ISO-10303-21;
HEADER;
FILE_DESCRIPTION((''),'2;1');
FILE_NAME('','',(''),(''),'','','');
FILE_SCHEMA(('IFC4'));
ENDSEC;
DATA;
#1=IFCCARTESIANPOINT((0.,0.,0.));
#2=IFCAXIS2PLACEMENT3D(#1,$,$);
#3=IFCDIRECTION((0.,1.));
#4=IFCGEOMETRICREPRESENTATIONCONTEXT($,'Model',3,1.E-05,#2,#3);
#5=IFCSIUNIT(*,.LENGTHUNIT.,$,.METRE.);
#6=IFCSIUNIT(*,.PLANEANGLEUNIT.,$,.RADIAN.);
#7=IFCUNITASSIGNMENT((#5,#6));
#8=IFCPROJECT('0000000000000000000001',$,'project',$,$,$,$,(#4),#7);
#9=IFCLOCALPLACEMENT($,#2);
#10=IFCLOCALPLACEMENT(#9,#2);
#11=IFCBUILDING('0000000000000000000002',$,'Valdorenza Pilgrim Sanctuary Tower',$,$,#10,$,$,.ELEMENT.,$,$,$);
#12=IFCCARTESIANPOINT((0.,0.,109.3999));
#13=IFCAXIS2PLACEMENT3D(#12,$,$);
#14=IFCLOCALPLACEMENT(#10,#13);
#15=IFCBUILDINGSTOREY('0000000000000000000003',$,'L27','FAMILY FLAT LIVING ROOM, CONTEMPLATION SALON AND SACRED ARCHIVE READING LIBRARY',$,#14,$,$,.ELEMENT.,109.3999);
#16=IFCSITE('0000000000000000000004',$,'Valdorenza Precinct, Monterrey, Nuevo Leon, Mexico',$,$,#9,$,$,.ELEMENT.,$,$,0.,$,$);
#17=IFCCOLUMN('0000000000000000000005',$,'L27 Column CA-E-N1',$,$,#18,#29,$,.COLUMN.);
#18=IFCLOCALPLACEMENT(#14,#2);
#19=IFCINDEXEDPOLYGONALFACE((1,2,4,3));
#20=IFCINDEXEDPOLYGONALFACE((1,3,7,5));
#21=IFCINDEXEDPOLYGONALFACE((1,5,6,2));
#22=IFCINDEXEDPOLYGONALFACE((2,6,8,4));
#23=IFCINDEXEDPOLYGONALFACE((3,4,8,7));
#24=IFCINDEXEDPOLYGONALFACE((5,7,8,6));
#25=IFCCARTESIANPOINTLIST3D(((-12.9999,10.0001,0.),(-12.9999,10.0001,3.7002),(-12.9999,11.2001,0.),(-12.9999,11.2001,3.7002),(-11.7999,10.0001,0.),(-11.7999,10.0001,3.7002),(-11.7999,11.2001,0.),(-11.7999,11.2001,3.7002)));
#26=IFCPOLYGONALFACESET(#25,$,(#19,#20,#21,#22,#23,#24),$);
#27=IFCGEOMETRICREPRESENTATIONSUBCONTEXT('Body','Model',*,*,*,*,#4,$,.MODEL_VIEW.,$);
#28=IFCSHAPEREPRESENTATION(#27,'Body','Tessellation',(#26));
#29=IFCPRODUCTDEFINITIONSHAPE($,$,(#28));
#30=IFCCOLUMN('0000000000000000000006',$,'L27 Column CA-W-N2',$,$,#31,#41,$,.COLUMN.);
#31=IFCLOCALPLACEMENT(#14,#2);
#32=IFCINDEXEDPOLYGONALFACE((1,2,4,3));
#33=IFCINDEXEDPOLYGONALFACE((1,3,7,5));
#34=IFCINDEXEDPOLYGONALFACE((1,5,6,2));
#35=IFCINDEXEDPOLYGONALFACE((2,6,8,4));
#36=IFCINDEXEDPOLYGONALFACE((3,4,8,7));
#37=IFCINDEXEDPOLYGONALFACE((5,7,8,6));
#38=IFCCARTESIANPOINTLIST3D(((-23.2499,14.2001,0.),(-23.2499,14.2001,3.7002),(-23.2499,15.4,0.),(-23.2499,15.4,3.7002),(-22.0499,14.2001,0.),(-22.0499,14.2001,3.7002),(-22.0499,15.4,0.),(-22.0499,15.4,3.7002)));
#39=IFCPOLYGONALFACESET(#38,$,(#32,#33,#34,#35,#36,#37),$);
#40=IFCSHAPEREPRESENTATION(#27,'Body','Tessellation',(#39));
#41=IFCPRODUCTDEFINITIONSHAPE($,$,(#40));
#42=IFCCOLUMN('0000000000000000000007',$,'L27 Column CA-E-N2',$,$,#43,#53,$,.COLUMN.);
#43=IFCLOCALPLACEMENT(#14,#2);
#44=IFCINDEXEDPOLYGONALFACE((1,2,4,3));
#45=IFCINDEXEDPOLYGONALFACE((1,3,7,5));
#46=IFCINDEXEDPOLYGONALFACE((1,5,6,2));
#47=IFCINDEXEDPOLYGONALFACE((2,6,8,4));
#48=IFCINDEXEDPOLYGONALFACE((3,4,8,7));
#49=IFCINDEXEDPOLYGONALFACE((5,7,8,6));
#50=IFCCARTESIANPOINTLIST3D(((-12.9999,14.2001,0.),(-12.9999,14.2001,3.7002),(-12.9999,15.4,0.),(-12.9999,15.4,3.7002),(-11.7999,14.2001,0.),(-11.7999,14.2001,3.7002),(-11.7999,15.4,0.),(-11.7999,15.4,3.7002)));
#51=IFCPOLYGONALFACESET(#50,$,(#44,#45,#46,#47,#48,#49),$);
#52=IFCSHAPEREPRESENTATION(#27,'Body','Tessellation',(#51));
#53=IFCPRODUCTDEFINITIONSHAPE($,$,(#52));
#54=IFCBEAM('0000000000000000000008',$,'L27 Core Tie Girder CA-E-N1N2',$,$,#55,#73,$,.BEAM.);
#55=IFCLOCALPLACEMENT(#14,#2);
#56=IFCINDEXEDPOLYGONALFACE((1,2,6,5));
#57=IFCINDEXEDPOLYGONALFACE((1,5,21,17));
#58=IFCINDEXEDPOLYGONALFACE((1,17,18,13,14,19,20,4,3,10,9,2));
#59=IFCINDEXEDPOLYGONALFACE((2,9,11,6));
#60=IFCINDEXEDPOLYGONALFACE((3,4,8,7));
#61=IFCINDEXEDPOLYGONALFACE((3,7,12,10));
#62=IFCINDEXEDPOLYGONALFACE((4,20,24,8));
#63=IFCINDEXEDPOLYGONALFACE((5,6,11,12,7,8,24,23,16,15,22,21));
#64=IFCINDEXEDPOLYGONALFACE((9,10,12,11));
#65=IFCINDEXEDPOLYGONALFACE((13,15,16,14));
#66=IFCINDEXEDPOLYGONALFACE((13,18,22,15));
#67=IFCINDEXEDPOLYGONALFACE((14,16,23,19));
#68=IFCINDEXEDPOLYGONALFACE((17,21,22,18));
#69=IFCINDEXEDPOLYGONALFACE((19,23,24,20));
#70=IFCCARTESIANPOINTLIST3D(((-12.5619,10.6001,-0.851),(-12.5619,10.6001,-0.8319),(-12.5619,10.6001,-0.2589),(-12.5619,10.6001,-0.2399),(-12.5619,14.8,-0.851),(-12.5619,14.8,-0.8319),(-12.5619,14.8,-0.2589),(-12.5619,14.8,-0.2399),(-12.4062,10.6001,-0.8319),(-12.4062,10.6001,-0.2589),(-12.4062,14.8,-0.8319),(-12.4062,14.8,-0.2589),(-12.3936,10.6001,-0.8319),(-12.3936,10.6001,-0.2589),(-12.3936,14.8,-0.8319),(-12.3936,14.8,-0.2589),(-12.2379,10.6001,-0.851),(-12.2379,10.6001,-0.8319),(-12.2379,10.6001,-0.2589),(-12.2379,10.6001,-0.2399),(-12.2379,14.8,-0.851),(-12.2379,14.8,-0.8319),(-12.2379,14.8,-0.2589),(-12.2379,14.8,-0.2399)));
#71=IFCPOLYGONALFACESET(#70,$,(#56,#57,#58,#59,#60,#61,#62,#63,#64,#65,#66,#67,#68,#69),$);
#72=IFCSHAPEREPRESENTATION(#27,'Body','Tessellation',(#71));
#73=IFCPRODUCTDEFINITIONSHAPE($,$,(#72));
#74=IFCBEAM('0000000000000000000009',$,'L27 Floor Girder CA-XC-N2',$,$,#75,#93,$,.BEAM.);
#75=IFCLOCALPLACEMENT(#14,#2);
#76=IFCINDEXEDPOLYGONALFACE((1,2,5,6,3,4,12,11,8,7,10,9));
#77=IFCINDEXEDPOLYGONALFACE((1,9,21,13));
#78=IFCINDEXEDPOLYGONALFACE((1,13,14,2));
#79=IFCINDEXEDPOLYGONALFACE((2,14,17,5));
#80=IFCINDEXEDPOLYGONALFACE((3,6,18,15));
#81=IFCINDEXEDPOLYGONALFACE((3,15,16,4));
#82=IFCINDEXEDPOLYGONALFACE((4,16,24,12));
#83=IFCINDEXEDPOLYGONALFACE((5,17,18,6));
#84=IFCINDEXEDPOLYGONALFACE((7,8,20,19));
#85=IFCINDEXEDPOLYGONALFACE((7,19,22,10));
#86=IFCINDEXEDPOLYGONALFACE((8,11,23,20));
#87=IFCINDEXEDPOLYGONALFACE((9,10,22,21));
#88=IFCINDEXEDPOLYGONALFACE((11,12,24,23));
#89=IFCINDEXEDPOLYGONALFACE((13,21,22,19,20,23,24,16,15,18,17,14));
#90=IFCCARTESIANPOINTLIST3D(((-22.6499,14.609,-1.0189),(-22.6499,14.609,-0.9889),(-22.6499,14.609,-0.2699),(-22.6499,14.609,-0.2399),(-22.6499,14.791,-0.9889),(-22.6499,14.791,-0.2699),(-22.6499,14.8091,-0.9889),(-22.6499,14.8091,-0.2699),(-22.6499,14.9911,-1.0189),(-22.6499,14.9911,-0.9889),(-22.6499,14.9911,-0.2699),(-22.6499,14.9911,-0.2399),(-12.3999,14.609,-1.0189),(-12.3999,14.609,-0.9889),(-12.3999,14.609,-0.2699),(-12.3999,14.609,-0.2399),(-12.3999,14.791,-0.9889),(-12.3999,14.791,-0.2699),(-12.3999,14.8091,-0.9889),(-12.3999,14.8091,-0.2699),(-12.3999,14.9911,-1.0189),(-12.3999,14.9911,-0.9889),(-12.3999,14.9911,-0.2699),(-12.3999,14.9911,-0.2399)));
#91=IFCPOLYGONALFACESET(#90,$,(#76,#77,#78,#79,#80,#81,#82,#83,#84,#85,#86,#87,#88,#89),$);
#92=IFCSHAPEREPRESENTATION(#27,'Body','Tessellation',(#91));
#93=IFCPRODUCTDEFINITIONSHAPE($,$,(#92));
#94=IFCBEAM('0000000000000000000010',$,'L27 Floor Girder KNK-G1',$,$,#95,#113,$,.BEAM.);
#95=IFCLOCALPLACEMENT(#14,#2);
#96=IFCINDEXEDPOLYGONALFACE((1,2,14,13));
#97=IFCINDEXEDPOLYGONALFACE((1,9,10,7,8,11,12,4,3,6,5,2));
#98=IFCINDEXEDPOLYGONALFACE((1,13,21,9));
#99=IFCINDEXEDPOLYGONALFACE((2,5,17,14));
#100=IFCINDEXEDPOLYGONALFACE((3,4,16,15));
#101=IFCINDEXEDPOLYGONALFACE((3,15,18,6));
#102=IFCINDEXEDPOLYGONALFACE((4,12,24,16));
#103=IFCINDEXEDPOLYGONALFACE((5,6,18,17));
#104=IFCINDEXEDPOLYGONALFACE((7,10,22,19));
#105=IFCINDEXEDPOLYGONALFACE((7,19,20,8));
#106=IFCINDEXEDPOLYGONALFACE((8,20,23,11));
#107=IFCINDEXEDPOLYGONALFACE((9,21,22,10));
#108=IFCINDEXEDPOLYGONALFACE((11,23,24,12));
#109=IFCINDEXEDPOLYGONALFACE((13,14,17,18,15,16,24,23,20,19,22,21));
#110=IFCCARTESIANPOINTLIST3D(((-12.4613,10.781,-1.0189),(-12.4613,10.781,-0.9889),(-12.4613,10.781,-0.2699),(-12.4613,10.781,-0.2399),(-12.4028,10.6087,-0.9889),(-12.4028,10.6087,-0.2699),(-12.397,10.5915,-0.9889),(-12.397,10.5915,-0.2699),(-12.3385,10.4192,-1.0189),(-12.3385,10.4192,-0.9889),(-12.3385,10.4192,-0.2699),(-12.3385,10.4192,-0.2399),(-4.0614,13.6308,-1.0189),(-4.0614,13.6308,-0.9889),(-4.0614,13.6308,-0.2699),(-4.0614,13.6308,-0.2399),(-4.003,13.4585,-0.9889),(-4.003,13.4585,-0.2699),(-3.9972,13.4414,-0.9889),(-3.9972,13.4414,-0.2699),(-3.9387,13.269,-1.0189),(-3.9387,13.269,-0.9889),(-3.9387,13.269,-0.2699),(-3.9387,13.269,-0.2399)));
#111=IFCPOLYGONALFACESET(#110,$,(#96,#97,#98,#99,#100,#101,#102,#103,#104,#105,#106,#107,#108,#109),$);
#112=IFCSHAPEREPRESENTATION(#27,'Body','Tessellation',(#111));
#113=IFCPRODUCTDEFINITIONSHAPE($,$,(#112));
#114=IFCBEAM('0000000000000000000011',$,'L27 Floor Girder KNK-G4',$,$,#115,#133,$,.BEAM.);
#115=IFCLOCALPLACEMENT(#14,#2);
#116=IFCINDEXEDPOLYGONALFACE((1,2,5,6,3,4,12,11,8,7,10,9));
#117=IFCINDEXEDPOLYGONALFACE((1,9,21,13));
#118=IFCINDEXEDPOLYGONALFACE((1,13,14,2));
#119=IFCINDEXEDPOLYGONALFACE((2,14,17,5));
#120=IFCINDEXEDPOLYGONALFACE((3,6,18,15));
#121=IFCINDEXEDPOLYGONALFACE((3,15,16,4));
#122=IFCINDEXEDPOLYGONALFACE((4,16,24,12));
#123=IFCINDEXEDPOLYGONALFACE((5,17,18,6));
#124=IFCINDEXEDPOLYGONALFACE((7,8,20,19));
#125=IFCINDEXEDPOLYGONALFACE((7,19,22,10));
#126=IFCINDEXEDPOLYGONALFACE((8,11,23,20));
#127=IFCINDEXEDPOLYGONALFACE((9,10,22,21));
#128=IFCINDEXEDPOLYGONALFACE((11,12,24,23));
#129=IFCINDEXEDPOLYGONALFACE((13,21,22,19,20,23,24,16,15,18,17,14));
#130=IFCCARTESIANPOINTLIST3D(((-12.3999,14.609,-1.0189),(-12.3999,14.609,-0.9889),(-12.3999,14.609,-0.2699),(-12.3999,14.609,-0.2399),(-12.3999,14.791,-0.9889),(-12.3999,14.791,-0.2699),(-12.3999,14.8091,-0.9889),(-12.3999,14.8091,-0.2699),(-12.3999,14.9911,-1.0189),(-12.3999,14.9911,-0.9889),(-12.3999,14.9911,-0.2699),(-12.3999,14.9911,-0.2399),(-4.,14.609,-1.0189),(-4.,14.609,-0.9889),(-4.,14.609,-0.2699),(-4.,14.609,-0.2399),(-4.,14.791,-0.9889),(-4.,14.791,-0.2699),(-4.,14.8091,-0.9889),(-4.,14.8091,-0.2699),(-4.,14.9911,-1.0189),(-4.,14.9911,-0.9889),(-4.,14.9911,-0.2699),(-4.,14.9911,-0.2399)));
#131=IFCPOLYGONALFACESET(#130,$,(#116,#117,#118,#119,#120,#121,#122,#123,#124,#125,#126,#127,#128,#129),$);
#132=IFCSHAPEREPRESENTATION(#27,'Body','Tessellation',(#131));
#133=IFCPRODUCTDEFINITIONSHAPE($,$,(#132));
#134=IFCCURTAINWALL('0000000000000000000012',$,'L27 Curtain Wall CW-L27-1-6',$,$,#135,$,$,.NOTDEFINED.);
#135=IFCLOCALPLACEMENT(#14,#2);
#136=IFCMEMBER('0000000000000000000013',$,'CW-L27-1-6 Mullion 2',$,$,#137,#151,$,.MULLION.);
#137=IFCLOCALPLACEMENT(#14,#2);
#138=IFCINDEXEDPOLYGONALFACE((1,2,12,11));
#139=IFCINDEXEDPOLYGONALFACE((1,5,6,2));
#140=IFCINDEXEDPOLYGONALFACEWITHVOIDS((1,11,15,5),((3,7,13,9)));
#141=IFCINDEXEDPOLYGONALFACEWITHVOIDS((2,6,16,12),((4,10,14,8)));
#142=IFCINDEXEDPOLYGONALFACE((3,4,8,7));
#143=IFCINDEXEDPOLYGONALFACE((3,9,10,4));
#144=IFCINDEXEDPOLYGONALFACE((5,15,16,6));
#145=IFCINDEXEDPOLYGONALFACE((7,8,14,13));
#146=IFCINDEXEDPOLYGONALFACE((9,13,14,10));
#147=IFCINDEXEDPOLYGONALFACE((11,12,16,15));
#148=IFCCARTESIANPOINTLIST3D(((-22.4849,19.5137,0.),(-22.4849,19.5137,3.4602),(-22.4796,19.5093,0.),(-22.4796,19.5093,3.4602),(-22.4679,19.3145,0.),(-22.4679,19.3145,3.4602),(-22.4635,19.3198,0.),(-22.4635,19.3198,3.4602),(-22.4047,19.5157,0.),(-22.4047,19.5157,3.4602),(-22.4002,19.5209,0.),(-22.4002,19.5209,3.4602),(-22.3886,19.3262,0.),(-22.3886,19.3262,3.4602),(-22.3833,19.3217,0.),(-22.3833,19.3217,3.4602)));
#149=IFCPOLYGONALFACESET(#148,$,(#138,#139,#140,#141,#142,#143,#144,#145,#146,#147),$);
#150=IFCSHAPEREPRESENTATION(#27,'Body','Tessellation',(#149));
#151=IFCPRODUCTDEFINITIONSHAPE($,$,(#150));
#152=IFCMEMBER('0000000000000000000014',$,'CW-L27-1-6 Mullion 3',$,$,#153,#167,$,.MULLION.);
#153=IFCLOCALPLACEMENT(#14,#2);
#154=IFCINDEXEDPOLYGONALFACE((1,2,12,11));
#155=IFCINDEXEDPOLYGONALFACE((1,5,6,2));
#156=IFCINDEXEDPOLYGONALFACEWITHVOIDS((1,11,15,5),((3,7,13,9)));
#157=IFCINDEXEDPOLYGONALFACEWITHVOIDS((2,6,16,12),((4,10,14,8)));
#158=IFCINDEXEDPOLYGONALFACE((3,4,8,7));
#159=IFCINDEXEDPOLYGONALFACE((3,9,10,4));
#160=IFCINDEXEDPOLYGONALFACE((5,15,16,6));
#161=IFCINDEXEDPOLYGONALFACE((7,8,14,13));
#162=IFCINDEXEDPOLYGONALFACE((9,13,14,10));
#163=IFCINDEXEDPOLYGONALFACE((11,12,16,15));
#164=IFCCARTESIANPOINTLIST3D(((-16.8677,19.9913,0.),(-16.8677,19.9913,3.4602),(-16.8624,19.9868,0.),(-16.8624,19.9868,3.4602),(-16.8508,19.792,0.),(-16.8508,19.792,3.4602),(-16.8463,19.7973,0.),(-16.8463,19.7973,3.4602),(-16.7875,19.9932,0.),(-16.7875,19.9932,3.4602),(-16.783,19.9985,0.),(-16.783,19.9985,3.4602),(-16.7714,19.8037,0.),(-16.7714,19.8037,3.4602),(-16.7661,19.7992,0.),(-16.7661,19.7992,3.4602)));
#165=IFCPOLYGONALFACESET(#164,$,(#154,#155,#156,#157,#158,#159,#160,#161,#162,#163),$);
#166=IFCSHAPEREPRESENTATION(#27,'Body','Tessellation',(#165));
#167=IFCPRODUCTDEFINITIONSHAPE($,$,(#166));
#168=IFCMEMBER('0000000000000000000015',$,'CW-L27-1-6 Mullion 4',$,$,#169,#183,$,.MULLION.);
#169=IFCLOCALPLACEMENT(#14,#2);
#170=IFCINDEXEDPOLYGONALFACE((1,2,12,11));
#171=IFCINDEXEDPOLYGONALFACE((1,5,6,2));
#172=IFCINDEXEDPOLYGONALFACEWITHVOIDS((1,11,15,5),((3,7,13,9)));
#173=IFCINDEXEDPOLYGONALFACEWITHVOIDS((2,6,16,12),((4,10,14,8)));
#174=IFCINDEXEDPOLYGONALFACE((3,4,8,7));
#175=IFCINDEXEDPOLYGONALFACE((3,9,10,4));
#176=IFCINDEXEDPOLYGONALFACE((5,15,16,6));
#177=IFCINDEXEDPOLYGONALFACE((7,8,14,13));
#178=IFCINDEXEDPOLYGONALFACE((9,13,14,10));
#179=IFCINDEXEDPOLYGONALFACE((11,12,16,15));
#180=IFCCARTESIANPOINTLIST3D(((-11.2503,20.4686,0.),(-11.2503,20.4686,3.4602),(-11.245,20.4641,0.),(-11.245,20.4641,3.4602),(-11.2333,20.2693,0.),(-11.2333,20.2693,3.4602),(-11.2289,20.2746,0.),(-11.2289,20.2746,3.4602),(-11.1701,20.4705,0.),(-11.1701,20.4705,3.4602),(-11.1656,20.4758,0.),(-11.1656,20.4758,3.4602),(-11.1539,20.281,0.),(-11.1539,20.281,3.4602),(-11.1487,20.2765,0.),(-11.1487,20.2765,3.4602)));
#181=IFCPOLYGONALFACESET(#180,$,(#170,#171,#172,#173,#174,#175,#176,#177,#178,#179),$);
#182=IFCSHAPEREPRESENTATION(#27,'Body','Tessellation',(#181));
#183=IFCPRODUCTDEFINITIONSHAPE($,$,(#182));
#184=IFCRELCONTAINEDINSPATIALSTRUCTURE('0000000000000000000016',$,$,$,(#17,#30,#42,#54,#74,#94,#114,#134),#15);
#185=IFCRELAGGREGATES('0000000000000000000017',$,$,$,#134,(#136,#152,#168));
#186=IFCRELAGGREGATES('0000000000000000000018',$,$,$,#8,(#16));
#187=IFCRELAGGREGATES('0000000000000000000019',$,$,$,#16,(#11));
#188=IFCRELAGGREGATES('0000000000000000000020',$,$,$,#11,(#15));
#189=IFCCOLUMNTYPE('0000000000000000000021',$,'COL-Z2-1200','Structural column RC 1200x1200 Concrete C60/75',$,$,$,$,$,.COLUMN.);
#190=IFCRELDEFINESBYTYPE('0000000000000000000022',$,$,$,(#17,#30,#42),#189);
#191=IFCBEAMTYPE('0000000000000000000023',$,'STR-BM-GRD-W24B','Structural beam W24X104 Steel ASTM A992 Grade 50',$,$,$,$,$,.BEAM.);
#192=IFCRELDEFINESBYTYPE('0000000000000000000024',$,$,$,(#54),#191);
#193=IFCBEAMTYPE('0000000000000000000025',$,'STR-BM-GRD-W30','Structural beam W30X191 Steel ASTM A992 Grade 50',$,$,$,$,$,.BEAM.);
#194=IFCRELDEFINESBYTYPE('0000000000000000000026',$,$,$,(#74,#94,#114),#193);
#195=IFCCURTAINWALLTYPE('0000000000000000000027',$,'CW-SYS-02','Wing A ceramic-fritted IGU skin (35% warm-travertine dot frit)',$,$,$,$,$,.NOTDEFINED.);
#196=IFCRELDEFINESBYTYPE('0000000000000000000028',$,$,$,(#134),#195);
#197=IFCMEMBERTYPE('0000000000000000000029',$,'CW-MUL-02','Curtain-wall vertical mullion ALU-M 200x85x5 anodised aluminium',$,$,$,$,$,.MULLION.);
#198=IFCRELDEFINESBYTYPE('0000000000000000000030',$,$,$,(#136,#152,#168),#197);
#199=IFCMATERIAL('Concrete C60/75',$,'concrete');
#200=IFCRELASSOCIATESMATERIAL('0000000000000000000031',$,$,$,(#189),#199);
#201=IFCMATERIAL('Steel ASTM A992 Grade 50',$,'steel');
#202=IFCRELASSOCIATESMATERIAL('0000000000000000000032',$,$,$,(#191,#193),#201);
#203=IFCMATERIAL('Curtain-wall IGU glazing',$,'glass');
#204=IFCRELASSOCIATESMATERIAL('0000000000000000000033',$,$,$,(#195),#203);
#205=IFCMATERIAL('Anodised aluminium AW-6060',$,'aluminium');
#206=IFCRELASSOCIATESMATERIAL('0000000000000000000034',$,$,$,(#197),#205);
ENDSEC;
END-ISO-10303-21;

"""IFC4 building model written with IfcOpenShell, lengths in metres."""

from ifc_helpers import new_model, si_unit, direction, frame, origin, origin_2d, place, context, subcontext, project, spatial, rectangle, hollow_rectangle, i_section, extrude, source, transform, mapped, material, material_profile, profile_set, type_object, element, aggregate, save


model = new_model("IFC4")

# Units and contexts
model_context = context("Model", 3, precision=1e-05, world=origin(), true_north=direction((0.0, 1.0)))
body_context = subcontext(model_context, "Body", "Model", "MODEL_VIEW")
ifc_project = project(units=[si_unit("LENGTHUNIT", "METRE"), si_unit("PLANEANGLEUNIT", "RADIAN")], contexts=[model_context])

# Site, building, storey
site_placement = place(None, origin())
site = spatial("IfcSite", under=ifc_project, at=site_placement, Name="Valdorenza Precinct, Monterrey, Nuevo Leon, Mexico", CompositionType="ELEMENT", RefElevation=0.0)
building_placement = place(site_placement, origin())
building = spatial("IfcBuilding", under=site, at=building_placement, Name="Valdorenza Pilgrim Sanctuary Tower", CompositionType="ELEMENT")
storey_placement = place(building_placement, frame((0.0, 0.0, 109.3999)))
storey = spatial("IfcBuildingStorey", under=building, at=storey_placement, Name="L27", Description="FAMILY FLAT LIVING ROOM, CONTEMPLATION SALON AND SACRED ARCHIVE READING LIBRARY", CompositionType="ELEMENT", Elevation=109.3999)

# Columns
ifc_material_1 = material(Name="Concrete C60/75", Category="concrete")
ifc_material_profile_1 = material_profile(ifc_material_1, rectangle(XDim=1.2, YDim=1.2, at=origin_2d()), Name="RC 1200x1200")
ifc_profile_set_1 = profile_set([ifc_material_profile_1], Name="Concrete C60/75")
column_type = type_object("IfcColumnType", Name="COL-Z2-1200", Description="Structural column RC 1200x1200 Concrete C60/75", PredefinedType="COLUMN", material=ifc_profile_set_1)
shared_shape_1 = source(origin(), body_context, "Body", "SweptSolid", [
    extrude(rectangle(XDim=1.2, YDim=1.2, at=origin_2d()), origin(), (0.0, 0.0, 1.0), 3.7002),
])
for number, where, z_axis, x_axis, name in (
    (1, (-12.3999, 10.6001, 0.0), (0.0, 0.0, 1.0), (1.0, 0.0, 0.0), "L27 Column CA-E-N1"),
    (2, (-22.6499, 14.8, 0.0), (0.0, 0.0, 1.0), (1.0, 0.0, 0.0), "L27 Column CA-W-N2"),
    (3, (-12.3999, 14.8, 0.0), (0.0, 0.0, 1.0), (1.0, 0.0, 0.0), "L27 Column CA-E-N2"),
):
    element("IfcColumn", number, at=place(storey_placement, frame(where, z_axis=z_axis, x_axis=x_axis)), inside=storey, type_object=column_type, Name=name, PredefinedType="COLUMN", context=body_context, shape_type="MappedRepresentation", body=[
        mapped(shared_shape_1, transform((0.0, 0.0, 0.0), x_axis=(1.0, 0.0, 0.0), y_axis=(0.0, 1.0, 0.0), z_axis=(0.0, 0.0, 1.0), scale=1.0)),
    ])

# Beams
ifc_material_2 = material(Name="Steel ASTM A992 Grade 50", Category="steel")
ifc_material_profile_2 = material_profile(ifc_material_2, i_section(OverallWidth=0.324, OverallDepth=0.6111, WebThickness=0.0127, FlangeThickness=0.019, at=origin_2d()), Name="W24X104")
ifc_profile_set_2 = profile_set([ifc_material_profile_2], Name="Steel ASTM A992 Grade 50")
beam_type_1 = type_object("IfcBeamType", Name="STR-BM-GRD-W24B", Description="Structural beam W24X104 Steel ASTM A992 Grade 50", PredefinedType="BEAM", material=ifc_profile_set_2)
shared_shape_2 = source(origin(), body_context, "Body", "SweptSolid", [
    extrude(i_section(OverallWidth=0.324, OverallDepth=0.6111, WebThickness=0.0127, FlangeThickness=0.019, at=origin_2d()), origin(), (0.0, 0.0, 1.0), 4.2),
])
beam_1_placement = place(storey_placement, frame((-12.3999, 10.6001, -0.5454), z_axis=(0.0, 1.0, 0.0), x_axis=(-1.0, 0.0, 0.0)))
element("IfcBeam", 4, at=beam_1_placement, inside=storey, type_object=beam_type_1, Name="L27 Core Tie Girder CA-E-N1N2", PredefinedType="BEAM", context=body_context, shape_type="MappedRepresentation", body=[
    mapped(shared_shape_2, transform((0.0, 0.0, 0.0), x_axis=(1.0, 0.0, 0.0), y_axis=(0.0, 1.0, 0.0), z_axis=(0.0, 0.0, 1.0), scale=1.0)),
])
ifc_material_profile_3 = material_profile(ifc_material_2, i_section(OverallWidth=0.3821, OverallDepth=0.7791, WebThickness=0.0181, FlangeThickness=0.03, at=origin_2d()), Name="W30X191")
ifc_profile_set_3 = profile_set([ifc_material_profile_3], Name="Steel ASTM A992 Grade 50")
beam_type_2 = type_object("IfcBeamType", Name="STR-BM-GRD-W30", Description="Structural beam W30X191 Steel ASTM A992 Grade 50", PredefinedType="BEAM", material=ifc_profile_set_3)
shared_shape_3 = source(origin(), body_context, "Body", "SweptSolid", [
    extrude(i_section(OverallWidth=0.3821, OverallDepth=0.7791, WebThickness=0.0181, FlangeThickness=0.03, at=origin_2d()), origin(), (0.0, 0.0, 1.0), 10.25),
])
beam_2_placement = place(storey_placement, frame((-22.6499, 14.8, -0.6294), z_axis=(1.0, 0.0, 0.0), x_axis=(0.0, 1.0, 0.0)))
element("IfcBeam", 5, at=beam_2_placement, inside=storey, type_object=beam_type_2, Name="L27 Floor Girder CA-XC-N2", PredefinedType="BEAM", context=body_context, shape_type="MappedRepresentation", body=[
    mapped(shared_shape_3, transform((0.0, 0.0, 0.0), x_axis=(1.0, 0.0, 0.0), y_axis=(0.0, 1.0, 0.0), z_axis=(0.0, 0.0, 1.0), scale=1.0)),
])
shared_shape_4 = source(origin(), body_context, "Body", "SweptSolid", [
    extrude(i_section(OverallWidth=0.3821, OverallDepth=0.7791, WebThickness=0.0181, FlangeThickness=0.03, at=origin_2d()), origin(), (0.0, 0.0, 1.0), 8.8701),
])
beam_3_placement = place(storey_placement, frame((-12.3999, 10.6001, -0.6294), z_axis=(0.946983, 0.321285, 0.0), x_axis=(-0.321285, 0.946983, 0.0)))
element("IfcBeam", 6, at=beam_3_placement, inside=storey, type_object=beam_type_2, Name="L27 Floor Girder KNK-G1", PredefinedType="BEAM", context=body_context, shape_type="MappedRepresentation", body=[
    mapped(shared_shape_4, transform((0.0, 0.0, 0.0), x_axis=(1.0, 0.0, 0.0), y_axis=(0.0, 1.0, 0.0), z_axis=(0.0, 0.0, 1.0), scale=1.0)),
])
shared_shape_5 = source(origin(), body_context, "Body", "SweptSolid", [
    extrude(i_section(OverallWidth=0.3821, OverallDepth=0.7791, WebThickness=0.0181, FlangeThickness=0.03, at=origin_2d()), origin(), (0.0, 0.0, 1.0), 8.3999),
])
beam_4_placement = place(storey_placement, frame((-12.3999, 14.8, -0.6294), z_axis=(1.0, 0.0, 0.0), x_axis=(0.0, 1.0, 0.0)))
element("IfcBeam", 7, at=beam_4_placement, inside=storey, type_object=beam_type_2, Name="L27 Floor Girder KNK-G4", PredefinedType="BEAM", context=body_context, shape_type="MappedRepresentation", body=[
    mapped(shared_shape_5, transform((0.0, 0.0, 0.0), x_axis=(1.0, 0.0, 0.0), y_axis=(0.0, 1.0, 0.0), z_axis=(0.0, 0.0, 1.0), scale=1.0)),
])

# Curtain wall, members
ifc_material_3 = material(Name="Curtain-wall IGU glazing", Category="glass")
curtain_wall_type = type_object("IfcCurtainWallType", Name="CW-SYS-02", Description="Wing A ceramic-fritted IGU skin (35% warm-travertine dot frit)", PredefinedType="NOTDEFINED", material=ifc_material_3)
curtain_wall_placement = place(storey_placement, origin())
curtain_wall = element("IfcCurtainWall", 8, at=curtain_wall_placement, inside=storey, type_object=curtain_wall_type, Name="L27 Curtain Wall CW-L27-1-6", PredefinedType="NOTDEFINED")
ifc_material_4 = material(Name="Anodised aluminium AW-6060", Category="aluminium")
ifc_material_profile_4 = material_profile(ifc_material_4, hollow_rectangle(XDim=0.085, YDim=0.2, WallThickness=0.0049, at=origin_2d()), Name="ALU-M 200x85x5")
ifc_profile_set_4 = profile_set([ifc_material_profile_4], Name="Anodised aluminium AW-6060")
member_type = type_object("IfcMemberType", Name="CW-MUL-02", Description="Curtain-wall vertical mullion ALU-M 200x85x5 anodised aluminium", PredefinedType="MULLION", material=ifc_profile_set_4)
shared_shape_6 = source(origin(), body_context, "Body", "SweptSolid", [
    extrude(hollow_rectangle(XDim=0.085, YDim=0.2, WallThickness=0.0049, at=origin_2d()), origin(), (0.0, 0.0, 1.0), 3.4602),
])
member_1_placement = place(storey_placement, frame((-22.4341, 19.4177, 0.0), z_axis=(0.0, 0.0, 1.0), x_axis=(0.996408, 0.084687, 0.0)))
member_1 = element("IfcMember", 9, at=member_1_placement, type_object=member_type, Name="CW-L27-1-6 Mullion 2", PredefinedType="MULLION", context=body_context, shape_type="MappedRepresentation", body=[
    mapped(shared_shape_6, transform((0.0, 0.0, 0.0), x_axis=(1.0, 0.0, 0.0), y_axis=(0.0, 1.0, 0.0), z_axis=(0.0, 0.0, 1.0), scale=1.0)),
])
member_2_placement = place(storey_placement, frame((-16.8169, 19.8953, 0.0), z_axis=(0.0, 0.0, 1.0), x_axis=(0.996408, 0.084687, 0.0)))
member_2 = element("IfcMember", 10, at=member_2_placement, type_object=member_type, Name="CW-L27-1-6 Mullion 3", PredefinedType="MULLION", context=body_context, shape_type="MappedRepresentation", body=[
    mapped(shared_shape_6, transform((0.0, 0.0, 0.0), x_axis=(1.0, 0.0, 0.0), y_axis=(0.0, 1.0, 0.0), z_axis=(0.0, 0.0, 1.0), scale=1.0)),
])
member_3_placement = place(storey_placement, frame((-11.1995, 20.3726, 0.0), z_axis=(0.0, 0.0, 1.0), x_axis=(0.996408, 0.084687, 0.0)))
member_3 = element("IfcMember", 11, at=member_3_placement, type_object=member_type, Name="CW-L27-1-6 Mullion 4", PredefinedType="MULLION", context=body_context, shape_type="MappedRepresentation", body=[
    mapped(shared_shape_6, transform((0.0, 0.0, 0.0), x_axis=(1.0, 0.0, 0.0), y_axis=(0.0, 1.0, 0.0), z_axis=(0.0, 0.0, 1.0), scale=1.0)),
])
aggregate(curtain_wall, [member_1, member_2, member_3])

save(model, "model.ifc")
